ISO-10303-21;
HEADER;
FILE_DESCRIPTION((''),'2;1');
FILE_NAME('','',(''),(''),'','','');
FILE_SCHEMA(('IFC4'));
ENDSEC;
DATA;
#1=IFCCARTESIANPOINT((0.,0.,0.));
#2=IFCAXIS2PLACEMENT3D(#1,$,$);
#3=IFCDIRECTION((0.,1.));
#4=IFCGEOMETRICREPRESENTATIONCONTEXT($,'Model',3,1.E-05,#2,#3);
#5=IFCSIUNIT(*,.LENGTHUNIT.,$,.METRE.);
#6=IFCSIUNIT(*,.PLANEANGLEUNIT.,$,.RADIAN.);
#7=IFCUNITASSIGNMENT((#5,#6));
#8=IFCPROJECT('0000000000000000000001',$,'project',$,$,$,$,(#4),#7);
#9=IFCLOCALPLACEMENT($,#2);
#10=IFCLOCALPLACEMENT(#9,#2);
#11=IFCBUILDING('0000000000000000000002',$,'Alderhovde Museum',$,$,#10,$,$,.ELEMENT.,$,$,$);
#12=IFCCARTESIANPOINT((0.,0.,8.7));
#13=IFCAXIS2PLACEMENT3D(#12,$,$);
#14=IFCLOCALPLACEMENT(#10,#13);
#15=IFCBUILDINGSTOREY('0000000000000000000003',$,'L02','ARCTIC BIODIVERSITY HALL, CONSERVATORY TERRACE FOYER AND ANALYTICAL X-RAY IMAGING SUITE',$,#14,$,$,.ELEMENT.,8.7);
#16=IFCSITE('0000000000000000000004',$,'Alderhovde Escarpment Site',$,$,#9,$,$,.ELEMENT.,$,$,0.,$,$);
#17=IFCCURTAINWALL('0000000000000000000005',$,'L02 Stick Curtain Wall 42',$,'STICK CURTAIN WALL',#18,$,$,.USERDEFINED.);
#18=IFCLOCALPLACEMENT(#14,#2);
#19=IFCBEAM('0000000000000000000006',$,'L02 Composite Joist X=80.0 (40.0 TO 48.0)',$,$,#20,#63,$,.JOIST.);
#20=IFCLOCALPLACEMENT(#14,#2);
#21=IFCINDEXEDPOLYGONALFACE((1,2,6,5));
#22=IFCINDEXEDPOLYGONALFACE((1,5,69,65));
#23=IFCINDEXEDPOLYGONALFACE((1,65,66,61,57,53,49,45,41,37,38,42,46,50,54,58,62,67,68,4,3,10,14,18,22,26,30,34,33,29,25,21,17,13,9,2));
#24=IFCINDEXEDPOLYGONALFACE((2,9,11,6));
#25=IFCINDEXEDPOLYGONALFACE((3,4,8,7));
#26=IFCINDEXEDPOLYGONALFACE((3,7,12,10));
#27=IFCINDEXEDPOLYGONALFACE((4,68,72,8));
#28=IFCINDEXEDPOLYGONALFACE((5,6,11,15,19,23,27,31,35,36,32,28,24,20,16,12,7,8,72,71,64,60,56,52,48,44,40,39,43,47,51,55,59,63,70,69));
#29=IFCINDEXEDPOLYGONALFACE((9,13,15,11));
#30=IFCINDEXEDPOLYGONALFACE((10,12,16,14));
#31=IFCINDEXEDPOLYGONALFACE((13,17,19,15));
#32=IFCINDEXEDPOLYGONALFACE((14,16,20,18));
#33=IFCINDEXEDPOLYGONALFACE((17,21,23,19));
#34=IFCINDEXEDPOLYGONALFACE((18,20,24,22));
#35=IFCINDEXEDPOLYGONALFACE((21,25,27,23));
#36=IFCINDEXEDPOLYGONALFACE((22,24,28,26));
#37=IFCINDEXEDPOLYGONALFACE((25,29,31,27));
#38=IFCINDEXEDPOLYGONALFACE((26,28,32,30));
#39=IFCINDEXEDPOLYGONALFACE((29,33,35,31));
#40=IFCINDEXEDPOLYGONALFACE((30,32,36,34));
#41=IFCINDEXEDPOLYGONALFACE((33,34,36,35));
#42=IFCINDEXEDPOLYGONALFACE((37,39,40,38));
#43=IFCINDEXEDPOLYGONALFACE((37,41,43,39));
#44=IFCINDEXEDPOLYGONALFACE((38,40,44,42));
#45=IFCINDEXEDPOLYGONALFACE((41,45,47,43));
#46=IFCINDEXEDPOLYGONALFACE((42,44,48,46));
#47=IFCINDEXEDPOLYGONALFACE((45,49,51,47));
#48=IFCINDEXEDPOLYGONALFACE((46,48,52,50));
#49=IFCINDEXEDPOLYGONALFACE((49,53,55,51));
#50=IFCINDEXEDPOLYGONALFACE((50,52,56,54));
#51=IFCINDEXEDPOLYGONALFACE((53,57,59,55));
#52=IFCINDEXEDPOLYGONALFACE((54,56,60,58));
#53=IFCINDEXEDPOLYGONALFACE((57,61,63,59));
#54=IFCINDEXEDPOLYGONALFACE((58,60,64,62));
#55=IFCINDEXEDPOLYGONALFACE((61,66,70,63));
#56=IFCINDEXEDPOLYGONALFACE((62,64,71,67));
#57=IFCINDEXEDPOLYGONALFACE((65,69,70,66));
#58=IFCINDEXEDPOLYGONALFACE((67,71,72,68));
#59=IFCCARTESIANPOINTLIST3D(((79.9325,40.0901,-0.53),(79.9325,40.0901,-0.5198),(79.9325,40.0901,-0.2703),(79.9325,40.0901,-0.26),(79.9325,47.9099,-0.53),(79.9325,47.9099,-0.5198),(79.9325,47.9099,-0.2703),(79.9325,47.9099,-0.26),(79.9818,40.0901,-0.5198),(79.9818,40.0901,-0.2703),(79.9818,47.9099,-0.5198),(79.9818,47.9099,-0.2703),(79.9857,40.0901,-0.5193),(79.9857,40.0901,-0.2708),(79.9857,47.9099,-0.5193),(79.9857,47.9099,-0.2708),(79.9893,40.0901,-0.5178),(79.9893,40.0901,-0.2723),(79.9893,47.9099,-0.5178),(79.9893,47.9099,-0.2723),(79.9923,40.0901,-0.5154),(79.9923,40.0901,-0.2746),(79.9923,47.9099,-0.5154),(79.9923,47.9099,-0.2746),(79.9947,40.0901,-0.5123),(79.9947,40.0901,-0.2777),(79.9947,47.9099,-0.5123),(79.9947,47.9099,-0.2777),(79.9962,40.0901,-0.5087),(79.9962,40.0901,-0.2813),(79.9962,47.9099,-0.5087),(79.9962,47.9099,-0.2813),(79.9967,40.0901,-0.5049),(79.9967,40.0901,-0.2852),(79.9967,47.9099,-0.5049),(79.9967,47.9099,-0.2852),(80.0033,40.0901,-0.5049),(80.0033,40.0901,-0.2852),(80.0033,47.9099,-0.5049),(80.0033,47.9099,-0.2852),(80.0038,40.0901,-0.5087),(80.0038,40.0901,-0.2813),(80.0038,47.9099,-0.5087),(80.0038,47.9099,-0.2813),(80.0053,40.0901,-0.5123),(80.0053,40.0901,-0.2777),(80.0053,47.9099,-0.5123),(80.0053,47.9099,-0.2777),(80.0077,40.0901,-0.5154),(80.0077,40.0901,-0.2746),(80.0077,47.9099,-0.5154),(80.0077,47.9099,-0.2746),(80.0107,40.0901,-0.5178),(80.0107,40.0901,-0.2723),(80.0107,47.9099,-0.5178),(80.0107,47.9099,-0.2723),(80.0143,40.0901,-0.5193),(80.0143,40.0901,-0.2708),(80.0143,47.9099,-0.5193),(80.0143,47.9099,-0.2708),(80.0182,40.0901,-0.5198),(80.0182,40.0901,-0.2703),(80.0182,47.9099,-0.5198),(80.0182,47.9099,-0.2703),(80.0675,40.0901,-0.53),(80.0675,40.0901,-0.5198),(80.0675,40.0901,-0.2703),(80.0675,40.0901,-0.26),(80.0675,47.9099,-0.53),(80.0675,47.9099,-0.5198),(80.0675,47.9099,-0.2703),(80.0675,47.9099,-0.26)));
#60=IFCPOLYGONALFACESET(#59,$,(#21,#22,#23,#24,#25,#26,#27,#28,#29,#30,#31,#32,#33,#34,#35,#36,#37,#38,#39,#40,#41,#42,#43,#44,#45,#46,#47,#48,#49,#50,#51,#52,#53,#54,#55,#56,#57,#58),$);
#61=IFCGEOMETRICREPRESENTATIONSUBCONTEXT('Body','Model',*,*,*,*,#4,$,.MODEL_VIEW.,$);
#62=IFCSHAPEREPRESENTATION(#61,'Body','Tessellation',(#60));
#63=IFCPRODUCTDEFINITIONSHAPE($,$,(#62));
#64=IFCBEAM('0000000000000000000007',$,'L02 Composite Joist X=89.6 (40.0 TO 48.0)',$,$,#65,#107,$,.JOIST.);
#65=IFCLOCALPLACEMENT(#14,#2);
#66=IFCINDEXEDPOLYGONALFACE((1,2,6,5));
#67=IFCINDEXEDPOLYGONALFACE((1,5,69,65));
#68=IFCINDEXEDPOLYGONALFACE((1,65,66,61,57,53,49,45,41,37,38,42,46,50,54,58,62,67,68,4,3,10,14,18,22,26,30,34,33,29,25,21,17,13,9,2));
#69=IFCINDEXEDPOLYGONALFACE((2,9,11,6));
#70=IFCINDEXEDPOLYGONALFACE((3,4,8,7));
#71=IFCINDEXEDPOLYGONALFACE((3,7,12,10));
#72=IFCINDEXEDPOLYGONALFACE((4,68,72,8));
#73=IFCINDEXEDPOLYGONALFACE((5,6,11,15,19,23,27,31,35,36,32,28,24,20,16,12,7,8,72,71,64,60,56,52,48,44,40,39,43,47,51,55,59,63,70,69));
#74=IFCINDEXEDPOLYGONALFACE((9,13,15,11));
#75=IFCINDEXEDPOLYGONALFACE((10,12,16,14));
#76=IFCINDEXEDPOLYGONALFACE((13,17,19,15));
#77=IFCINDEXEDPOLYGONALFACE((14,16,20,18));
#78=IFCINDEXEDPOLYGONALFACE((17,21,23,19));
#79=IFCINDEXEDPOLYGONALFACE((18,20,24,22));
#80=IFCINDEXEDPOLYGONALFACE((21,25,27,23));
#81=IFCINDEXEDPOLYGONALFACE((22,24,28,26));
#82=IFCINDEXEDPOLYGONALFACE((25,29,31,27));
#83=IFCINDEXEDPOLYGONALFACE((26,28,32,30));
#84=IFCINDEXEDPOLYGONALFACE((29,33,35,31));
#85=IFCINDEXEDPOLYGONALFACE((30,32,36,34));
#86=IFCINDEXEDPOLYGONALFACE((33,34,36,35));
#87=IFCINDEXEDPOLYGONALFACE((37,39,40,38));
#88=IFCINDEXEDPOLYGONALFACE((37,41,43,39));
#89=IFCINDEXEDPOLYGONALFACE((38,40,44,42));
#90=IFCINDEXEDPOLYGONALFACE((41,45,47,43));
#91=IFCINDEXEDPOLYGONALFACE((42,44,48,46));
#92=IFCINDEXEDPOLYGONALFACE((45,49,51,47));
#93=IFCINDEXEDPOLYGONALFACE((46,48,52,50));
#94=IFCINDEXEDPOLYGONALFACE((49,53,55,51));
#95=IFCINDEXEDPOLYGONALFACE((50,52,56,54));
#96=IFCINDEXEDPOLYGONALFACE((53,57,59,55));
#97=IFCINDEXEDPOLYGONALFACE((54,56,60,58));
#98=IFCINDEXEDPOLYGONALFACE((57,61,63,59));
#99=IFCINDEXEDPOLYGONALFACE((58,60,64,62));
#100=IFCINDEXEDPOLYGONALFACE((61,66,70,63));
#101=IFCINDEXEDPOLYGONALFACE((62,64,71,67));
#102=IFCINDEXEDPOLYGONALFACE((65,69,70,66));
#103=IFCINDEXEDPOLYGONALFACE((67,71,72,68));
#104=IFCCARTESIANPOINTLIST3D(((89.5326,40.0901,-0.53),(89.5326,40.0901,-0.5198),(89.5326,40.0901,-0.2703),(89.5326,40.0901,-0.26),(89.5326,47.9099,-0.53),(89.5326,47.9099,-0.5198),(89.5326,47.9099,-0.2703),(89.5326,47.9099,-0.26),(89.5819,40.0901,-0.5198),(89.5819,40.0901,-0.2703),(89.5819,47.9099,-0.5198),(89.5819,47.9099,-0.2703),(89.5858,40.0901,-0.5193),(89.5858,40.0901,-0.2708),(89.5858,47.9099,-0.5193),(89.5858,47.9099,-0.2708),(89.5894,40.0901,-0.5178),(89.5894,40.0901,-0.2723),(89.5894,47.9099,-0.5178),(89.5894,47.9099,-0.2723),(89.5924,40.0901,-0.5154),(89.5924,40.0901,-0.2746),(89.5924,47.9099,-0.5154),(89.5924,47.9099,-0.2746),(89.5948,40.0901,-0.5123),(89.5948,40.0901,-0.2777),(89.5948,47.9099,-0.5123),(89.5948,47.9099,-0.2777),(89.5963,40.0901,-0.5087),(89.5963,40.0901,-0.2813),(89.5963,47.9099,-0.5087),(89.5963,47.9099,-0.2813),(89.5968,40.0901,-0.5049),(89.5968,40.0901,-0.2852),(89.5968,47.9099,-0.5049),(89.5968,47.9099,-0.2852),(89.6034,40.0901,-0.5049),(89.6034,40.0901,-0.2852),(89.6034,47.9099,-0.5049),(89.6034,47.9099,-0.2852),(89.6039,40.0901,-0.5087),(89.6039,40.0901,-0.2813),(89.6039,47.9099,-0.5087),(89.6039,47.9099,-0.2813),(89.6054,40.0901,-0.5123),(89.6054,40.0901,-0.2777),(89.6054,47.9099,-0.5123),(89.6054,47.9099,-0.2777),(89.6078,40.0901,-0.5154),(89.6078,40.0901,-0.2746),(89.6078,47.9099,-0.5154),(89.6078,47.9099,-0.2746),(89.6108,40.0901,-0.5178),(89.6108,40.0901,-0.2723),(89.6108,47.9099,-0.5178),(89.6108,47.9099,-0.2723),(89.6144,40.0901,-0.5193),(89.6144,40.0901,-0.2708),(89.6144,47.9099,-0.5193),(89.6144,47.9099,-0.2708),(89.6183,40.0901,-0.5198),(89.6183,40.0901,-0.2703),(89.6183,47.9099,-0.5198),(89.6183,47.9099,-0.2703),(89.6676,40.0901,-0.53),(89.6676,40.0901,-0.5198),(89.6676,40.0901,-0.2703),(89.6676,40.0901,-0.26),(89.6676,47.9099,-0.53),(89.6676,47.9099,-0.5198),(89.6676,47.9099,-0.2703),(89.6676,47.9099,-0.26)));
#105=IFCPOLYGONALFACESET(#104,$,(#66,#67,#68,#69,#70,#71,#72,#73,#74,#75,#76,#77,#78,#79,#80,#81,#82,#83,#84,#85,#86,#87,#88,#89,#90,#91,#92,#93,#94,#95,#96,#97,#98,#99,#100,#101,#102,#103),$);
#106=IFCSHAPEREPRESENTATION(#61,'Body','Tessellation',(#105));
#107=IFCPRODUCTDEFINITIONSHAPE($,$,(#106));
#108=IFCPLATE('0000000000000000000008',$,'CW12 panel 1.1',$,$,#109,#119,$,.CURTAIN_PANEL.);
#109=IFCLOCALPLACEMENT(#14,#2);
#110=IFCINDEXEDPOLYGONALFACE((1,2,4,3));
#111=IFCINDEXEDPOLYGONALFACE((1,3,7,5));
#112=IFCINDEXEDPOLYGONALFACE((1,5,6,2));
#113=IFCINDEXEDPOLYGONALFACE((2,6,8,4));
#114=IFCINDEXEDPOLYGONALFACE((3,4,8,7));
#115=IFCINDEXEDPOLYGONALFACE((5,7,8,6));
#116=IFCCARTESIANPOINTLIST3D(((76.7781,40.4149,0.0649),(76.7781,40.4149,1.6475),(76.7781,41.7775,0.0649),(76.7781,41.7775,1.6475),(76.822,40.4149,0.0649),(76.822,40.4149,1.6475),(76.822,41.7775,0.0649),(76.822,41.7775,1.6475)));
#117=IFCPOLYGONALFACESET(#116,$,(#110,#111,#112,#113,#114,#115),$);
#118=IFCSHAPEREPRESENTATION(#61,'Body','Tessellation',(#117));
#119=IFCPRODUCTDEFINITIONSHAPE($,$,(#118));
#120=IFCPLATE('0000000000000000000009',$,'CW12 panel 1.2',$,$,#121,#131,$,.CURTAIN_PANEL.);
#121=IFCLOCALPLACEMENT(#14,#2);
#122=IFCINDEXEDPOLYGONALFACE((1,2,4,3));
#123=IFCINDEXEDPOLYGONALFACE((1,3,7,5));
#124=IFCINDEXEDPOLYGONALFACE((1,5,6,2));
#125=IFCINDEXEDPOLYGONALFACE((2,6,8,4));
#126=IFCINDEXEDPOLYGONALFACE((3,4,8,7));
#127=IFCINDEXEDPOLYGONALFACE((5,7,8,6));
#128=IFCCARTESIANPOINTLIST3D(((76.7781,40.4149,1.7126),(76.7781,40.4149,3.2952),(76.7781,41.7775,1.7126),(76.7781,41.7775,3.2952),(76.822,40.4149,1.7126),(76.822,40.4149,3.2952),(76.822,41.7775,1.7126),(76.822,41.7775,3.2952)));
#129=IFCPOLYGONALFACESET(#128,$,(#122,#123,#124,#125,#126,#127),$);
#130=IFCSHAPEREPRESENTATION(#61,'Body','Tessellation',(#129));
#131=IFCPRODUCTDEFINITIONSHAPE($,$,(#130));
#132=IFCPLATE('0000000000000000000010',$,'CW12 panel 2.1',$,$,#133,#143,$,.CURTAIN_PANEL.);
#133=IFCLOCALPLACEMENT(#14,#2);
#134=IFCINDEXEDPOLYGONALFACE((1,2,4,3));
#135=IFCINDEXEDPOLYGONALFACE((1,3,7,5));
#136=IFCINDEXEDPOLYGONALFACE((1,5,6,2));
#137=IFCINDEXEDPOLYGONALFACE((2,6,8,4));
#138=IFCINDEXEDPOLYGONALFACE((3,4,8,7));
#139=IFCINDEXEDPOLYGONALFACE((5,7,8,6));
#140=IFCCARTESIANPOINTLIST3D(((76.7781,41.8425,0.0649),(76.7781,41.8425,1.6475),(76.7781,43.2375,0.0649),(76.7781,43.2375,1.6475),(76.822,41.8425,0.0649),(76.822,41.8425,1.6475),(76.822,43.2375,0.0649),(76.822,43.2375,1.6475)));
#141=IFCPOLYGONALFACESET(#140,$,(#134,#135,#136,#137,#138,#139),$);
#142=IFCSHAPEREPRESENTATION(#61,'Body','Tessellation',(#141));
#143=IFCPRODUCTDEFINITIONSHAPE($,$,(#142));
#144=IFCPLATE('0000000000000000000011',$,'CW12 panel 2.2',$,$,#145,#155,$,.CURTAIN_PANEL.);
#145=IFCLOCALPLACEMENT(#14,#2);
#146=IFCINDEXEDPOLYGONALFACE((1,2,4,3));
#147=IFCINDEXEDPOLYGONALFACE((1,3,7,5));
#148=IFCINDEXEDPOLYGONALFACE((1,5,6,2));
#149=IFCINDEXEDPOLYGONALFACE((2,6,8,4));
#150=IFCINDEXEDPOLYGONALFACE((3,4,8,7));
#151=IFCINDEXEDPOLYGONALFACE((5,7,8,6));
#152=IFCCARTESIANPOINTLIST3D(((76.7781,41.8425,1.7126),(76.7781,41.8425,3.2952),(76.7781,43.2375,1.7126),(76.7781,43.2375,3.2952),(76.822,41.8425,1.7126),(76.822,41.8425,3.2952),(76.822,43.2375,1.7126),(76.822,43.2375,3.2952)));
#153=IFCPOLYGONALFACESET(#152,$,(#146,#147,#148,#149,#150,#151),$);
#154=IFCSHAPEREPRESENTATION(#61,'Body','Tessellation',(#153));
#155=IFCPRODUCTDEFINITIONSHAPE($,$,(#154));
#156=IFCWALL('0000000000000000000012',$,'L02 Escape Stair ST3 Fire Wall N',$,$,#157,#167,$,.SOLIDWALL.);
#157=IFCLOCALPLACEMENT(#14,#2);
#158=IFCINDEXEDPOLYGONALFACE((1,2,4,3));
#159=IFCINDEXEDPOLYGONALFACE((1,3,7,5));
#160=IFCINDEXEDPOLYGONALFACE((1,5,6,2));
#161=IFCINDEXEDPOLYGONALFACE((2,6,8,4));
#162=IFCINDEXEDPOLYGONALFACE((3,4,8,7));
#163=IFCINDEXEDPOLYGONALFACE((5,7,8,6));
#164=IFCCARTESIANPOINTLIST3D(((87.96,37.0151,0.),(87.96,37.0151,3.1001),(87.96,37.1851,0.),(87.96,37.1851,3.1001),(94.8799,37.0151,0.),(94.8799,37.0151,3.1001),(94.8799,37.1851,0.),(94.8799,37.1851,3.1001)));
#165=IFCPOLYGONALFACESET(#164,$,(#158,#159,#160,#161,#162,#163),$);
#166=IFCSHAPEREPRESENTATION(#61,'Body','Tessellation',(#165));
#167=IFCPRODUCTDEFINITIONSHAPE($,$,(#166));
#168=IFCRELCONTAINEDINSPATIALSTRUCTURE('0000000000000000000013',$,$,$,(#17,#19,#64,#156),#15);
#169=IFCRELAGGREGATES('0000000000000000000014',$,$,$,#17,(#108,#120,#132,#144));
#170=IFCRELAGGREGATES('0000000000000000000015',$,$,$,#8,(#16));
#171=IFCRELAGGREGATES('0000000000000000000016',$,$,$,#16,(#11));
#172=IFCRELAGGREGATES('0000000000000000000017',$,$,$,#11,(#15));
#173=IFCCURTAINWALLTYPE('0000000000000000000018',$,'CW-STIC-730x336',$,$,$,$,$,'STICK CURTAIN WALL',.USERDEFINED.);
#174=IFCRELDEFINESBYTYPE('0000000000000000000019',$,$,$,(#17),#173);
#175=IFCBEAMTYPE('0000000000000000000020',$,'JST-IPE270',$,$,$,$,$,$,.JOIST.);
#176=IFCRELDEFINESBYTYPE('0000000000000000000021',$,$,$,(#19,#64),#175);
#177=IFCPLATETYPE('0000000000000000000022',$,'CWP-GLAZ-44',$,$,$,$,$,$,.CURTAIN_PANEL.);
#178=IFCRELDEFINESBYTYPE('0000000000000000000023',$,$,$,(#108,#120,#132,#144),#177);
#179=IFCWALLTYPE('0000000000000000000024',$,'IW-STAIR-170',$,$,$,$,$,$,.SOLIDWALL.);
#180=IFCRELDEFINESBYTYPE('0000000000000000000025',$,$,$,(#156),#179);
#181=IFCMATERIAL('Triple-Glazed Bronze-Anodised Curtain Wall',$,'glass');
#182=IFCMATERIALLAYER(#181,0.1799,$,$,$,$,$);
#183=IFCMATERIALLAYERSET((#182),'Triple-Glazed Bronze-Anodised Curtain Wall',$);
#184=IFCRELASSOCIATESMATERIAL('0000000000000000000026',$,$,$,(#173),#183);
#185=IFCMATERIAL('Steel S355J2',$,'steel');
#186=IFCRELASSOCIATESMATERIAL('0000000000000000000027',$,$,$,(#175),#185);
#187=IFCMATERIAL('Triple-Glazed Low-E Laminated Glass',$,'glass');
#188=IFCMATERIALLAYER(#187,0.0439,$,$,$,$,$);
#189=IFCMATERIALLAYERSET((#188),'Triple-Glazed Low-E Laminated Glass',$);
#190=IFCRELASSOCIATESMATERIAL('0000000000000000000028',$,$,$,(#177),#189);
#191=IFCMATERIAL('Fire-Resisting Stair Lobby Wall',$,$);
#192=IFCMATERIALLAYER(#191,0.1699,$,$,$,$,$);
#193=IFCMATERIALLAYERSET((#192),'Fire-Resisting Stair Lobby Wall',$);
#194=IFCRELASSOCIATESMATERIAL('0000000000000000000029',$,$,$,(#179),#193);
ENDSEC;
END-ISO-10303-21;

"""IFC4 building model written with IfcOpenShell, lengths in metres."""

from ifc_helpers import new_model, si_unit, direction, frame, frame_2d, origin, origin_2d, place, context, subcontext, project, spatial, rectangle, i_section, extrude, material, layer, layer_set, material_profile, profile_set, type_object, element, aggregate, save


model = new_model("IFC4")

# Units and contexts
model_context = context("Model", 3, precision=1e-05, world=origin(), true_north=direction((0.0, 1.0)))
body_context = subcontext(model_context, "Body", "Model", "MODEL_VIEW")
ifc_project = project(units=[si_unit("LENGTHUNIT", "METRE"), si_unit("PLANEANGLEUNIT", "RADIAN")], contexts=[model_context])

# Site, building, storey
site_placement = place(None, origin())
site = spatial("IfcSite", under=ifc_project, at=site_placement, Name="Alderhovde Escarpment Site", CompositionType="ELEMENT", RefElevation=0.0)
building_placement = place(site_placement, origin())
building = spatial("IfcBuilding", under=site, at=building_placement, Name="Alderhovde Museum", CompositionType="ELEMENT")
storey_placement = place(building_placement, frame((0.0, 0.0, 8.7)))
storey = spatial("IfcBuildingStorey", under=building, at=storey_placement, Name="L02", Description="ARCTIC BIODIVERSITY HALL, CONSERVATORY TERRACE FOYER AND ANALYTICAL X-RAY IMAGING SUITE", CompositionType="ELEMENT", Elevation=8.7)

# Curtain wall
ifc_material_1 = material(Name="Triple-Glazed Bronze-Anodised Curtain Wall", Category="glass")
ifc_layer_1 = layer(ifc_material_1, 0.1799)
ifc_layer_set_1 = layer_set([ifc_layer_1], Name="Triple-Glazed Bronze-Anodised Curtain Wall")
curtain_wall_type = type_object("IfcCurtainWallType", Name="CW-STIC-730x336", ElementType="STICK CURTAIN WALL", PredefinedType="USERDEFINED", material=ifc_layer_set_1)
curtain_wall_placement = place(storey_placement, origin())
curtain_wall = element("IfcCurtainWall", 1, at=curtain_wall_placement, inside=storey, type_object=curtain_wall_type, Name="L02 Stick Curtain Wall 42", ObjectType="STICK CURTAIN WALL", PredefinedType="USERDEFINED")

# Beams
ifc_material_2 = material(Name="Steel S355J2", Category="steel")
ifc_material_profile_1 = material_profile(ifc_material_2, i_section(OverallWidth=0.135, OverallDepth=0.27, WebThickness=0.0066, FlangeThickness=0.0103, FilletRadius=0.0149, at=origin_2d()), Name="IPE 270")
ifc_profile_set_1 = profile_set([ifc_material_profile_1], Name="Steel S355J2")
beam_type_1 = type_object("IfcBeamType", Name="JST-IPE270", PredefinedType="JOIST", material=ifc_profile_set_1)
for number, where, z_axis, x_axis, name in (
    (2, (80.0, 40.0901, -0.395), (0.0, 1.0, 0.0), (-1.0, 0.0, 0.0), "L02 Composite Joist X=80.0 (40.0 TO 48.0)"),
    (3, (89.6001, 40.0901, -0.395), (0.0, 1.0, 0.0), (-1.0, 0.0, 0.0), "L02 Composite Joist X=89.6 (40.0 TO 48.0)"),
):
    element("IfcBeam", number, at=place(storey_placement, frame(where, z_axis=z_axis, x_axis=x_axis)), inside=storey, type_object=beam_type_1, Name=name, PredefinedType="JOIST", context=body_context, shape_type="SweptSolid", body=[
        extrude(i_section(OverallWidth=0.135, OverallDepth=0.27, WebThickness=0.0066, FlangeThickness=0.0103, FilletRadius=0.0149, at=origin_2d()), origin(), (0.0, 0.0, 1.0), 7.8198),
    ])

# Plates
ifc_material_3 = material(Name="Triple-Glazed Low-E Laminated Glass", Category="glass")
ifc_layer_2 = layer(ifc_material_3, 0.0439)
ifc_layer_set_2 = layer_set([ifc_layer_2], Name="Triple-Glazed Low-E Laminated Glass")
plate_type = type_object("IfcPlateType", Name="CWP-GLAZ-44", PredefinedType="CURTAIN_PANEL", material=ifc_layer_set_2)
plate_1_placement = place(storey_placement, frame((76.8, 41.0962, 0.0649), z_axis=(0.0, 0.0, 1.0), x_axis=(0.0, 1.0, 0.0)))
plate_1 = element("IfcPlate", 4, at=plate_1_placement, type_object=plate_type, Name="CW12 panel 1.1", PredefinedType="CURTAIN_PANEL", context=body_context, shape_type="SweptSolid", body=[
    extrude(rectangle(XDim=1.3625, YDim=0.0439, at=origin_2d()), origin(), (0.0, 0.0, 1.0), 1.5825),
])
plate_2_placement = place(storey_placement, frame((76.8, 41.0962, 1.7126), z_axis=(0.0, 0.0, 1.0), x_axis=(0.0, 1.0, 0.0)))
plate_2 = element("IfcPlate", 5, at=plate_2_placement, type_object=plate_type, Name="CW12 panel 1.2", PredefinedType="CURTAIN_PANEL", context=body_context, shape_type="SweptSolid", body=[
    extrude(rectangle(XDim=1.3625, YDim=0.0439, at=origin_2d()), origin(), (0.0, 0.0, 1.0), 1.5825),
])
plate_3_placement = place(storey_placement, frame((76.8, 42.54, 0.0649), z_axis=(0.0, 0.0, 1.0), x_axis=(0.0, 1.0, 0.0)))
plate_3 = element("IfcPlate", 6, at=plate_3_placement, type_object=plate_type, Name="CW12 panel 2.1", PredefinedType="CURTAIN_PANEL", context=body_context, shape_type="SweptSolid", body=[
    extrude(rectangle(XDim=1.395, YDim=0.0439, at=origin_2d()), origin(), (0.0, 0.0, 1.0), 1.5825),
])
plate_4_placement = place(storey_placement, frame((76.8, 42.54, 1.7126), z_axis=(0.0, 0.0, 1.0), x_axis=(0.0, 1.0, 0.0)))
plate_4 = element("IfcPlate", 7, at=plate_4_placement, type_object=plate_type, Name="CW12 panel 2.2", PredefinedType="CURTAIN_PANEL", context=body_context, shape_type="SweptSolid", body=[
    extrude(rectangle(XDim=1.395, YDim=0.0439, at=origin_2d()), origin(), (0.0, 0.0, 1.0), 1.5825),
])
aggregate(curtain_wall, [plate_1, plate_2, plate_3, plate_4])

# Wall
ifc_material_4 = material(Name="Fire-Resisting Stair Lobby Wall")
ifc_layer_3 = layer(ifc_material_4, 0.1699)
ifc_layer_set_3 = layer_set([ifc_layer_3], Name="Fire-Resisting Stair Lobby Wall")
wall_type = type_object("IfcWallType", Name="IW-STAIR-170", PredefinedType="SOLIDWALL", material=ifc_layer_set_3)
wall_placement = place(storey_placement, frame((87.96, 37.1001, 0.0), z_axis=(0.0, 0.0, 1.0), x_axis=(1.0, 0.0, 0.0)))
element("IfcWall", 8, at=wall_placement, inside=storey, type_object=wall_type, Name="L02 Escape Stair ST3 Fire Wall N", PredefinedType="SOLIDWALL", context=body_context, shape_type="SweptSolid", body=[
    extrude(rectangle(XDim=6.9199, YDim=0.1699, at=frame_2d((3.46, 0.0))), origin(), (0.0, 0.0, 1.0), 3.1001),
])

save(model, "model.ifc")
